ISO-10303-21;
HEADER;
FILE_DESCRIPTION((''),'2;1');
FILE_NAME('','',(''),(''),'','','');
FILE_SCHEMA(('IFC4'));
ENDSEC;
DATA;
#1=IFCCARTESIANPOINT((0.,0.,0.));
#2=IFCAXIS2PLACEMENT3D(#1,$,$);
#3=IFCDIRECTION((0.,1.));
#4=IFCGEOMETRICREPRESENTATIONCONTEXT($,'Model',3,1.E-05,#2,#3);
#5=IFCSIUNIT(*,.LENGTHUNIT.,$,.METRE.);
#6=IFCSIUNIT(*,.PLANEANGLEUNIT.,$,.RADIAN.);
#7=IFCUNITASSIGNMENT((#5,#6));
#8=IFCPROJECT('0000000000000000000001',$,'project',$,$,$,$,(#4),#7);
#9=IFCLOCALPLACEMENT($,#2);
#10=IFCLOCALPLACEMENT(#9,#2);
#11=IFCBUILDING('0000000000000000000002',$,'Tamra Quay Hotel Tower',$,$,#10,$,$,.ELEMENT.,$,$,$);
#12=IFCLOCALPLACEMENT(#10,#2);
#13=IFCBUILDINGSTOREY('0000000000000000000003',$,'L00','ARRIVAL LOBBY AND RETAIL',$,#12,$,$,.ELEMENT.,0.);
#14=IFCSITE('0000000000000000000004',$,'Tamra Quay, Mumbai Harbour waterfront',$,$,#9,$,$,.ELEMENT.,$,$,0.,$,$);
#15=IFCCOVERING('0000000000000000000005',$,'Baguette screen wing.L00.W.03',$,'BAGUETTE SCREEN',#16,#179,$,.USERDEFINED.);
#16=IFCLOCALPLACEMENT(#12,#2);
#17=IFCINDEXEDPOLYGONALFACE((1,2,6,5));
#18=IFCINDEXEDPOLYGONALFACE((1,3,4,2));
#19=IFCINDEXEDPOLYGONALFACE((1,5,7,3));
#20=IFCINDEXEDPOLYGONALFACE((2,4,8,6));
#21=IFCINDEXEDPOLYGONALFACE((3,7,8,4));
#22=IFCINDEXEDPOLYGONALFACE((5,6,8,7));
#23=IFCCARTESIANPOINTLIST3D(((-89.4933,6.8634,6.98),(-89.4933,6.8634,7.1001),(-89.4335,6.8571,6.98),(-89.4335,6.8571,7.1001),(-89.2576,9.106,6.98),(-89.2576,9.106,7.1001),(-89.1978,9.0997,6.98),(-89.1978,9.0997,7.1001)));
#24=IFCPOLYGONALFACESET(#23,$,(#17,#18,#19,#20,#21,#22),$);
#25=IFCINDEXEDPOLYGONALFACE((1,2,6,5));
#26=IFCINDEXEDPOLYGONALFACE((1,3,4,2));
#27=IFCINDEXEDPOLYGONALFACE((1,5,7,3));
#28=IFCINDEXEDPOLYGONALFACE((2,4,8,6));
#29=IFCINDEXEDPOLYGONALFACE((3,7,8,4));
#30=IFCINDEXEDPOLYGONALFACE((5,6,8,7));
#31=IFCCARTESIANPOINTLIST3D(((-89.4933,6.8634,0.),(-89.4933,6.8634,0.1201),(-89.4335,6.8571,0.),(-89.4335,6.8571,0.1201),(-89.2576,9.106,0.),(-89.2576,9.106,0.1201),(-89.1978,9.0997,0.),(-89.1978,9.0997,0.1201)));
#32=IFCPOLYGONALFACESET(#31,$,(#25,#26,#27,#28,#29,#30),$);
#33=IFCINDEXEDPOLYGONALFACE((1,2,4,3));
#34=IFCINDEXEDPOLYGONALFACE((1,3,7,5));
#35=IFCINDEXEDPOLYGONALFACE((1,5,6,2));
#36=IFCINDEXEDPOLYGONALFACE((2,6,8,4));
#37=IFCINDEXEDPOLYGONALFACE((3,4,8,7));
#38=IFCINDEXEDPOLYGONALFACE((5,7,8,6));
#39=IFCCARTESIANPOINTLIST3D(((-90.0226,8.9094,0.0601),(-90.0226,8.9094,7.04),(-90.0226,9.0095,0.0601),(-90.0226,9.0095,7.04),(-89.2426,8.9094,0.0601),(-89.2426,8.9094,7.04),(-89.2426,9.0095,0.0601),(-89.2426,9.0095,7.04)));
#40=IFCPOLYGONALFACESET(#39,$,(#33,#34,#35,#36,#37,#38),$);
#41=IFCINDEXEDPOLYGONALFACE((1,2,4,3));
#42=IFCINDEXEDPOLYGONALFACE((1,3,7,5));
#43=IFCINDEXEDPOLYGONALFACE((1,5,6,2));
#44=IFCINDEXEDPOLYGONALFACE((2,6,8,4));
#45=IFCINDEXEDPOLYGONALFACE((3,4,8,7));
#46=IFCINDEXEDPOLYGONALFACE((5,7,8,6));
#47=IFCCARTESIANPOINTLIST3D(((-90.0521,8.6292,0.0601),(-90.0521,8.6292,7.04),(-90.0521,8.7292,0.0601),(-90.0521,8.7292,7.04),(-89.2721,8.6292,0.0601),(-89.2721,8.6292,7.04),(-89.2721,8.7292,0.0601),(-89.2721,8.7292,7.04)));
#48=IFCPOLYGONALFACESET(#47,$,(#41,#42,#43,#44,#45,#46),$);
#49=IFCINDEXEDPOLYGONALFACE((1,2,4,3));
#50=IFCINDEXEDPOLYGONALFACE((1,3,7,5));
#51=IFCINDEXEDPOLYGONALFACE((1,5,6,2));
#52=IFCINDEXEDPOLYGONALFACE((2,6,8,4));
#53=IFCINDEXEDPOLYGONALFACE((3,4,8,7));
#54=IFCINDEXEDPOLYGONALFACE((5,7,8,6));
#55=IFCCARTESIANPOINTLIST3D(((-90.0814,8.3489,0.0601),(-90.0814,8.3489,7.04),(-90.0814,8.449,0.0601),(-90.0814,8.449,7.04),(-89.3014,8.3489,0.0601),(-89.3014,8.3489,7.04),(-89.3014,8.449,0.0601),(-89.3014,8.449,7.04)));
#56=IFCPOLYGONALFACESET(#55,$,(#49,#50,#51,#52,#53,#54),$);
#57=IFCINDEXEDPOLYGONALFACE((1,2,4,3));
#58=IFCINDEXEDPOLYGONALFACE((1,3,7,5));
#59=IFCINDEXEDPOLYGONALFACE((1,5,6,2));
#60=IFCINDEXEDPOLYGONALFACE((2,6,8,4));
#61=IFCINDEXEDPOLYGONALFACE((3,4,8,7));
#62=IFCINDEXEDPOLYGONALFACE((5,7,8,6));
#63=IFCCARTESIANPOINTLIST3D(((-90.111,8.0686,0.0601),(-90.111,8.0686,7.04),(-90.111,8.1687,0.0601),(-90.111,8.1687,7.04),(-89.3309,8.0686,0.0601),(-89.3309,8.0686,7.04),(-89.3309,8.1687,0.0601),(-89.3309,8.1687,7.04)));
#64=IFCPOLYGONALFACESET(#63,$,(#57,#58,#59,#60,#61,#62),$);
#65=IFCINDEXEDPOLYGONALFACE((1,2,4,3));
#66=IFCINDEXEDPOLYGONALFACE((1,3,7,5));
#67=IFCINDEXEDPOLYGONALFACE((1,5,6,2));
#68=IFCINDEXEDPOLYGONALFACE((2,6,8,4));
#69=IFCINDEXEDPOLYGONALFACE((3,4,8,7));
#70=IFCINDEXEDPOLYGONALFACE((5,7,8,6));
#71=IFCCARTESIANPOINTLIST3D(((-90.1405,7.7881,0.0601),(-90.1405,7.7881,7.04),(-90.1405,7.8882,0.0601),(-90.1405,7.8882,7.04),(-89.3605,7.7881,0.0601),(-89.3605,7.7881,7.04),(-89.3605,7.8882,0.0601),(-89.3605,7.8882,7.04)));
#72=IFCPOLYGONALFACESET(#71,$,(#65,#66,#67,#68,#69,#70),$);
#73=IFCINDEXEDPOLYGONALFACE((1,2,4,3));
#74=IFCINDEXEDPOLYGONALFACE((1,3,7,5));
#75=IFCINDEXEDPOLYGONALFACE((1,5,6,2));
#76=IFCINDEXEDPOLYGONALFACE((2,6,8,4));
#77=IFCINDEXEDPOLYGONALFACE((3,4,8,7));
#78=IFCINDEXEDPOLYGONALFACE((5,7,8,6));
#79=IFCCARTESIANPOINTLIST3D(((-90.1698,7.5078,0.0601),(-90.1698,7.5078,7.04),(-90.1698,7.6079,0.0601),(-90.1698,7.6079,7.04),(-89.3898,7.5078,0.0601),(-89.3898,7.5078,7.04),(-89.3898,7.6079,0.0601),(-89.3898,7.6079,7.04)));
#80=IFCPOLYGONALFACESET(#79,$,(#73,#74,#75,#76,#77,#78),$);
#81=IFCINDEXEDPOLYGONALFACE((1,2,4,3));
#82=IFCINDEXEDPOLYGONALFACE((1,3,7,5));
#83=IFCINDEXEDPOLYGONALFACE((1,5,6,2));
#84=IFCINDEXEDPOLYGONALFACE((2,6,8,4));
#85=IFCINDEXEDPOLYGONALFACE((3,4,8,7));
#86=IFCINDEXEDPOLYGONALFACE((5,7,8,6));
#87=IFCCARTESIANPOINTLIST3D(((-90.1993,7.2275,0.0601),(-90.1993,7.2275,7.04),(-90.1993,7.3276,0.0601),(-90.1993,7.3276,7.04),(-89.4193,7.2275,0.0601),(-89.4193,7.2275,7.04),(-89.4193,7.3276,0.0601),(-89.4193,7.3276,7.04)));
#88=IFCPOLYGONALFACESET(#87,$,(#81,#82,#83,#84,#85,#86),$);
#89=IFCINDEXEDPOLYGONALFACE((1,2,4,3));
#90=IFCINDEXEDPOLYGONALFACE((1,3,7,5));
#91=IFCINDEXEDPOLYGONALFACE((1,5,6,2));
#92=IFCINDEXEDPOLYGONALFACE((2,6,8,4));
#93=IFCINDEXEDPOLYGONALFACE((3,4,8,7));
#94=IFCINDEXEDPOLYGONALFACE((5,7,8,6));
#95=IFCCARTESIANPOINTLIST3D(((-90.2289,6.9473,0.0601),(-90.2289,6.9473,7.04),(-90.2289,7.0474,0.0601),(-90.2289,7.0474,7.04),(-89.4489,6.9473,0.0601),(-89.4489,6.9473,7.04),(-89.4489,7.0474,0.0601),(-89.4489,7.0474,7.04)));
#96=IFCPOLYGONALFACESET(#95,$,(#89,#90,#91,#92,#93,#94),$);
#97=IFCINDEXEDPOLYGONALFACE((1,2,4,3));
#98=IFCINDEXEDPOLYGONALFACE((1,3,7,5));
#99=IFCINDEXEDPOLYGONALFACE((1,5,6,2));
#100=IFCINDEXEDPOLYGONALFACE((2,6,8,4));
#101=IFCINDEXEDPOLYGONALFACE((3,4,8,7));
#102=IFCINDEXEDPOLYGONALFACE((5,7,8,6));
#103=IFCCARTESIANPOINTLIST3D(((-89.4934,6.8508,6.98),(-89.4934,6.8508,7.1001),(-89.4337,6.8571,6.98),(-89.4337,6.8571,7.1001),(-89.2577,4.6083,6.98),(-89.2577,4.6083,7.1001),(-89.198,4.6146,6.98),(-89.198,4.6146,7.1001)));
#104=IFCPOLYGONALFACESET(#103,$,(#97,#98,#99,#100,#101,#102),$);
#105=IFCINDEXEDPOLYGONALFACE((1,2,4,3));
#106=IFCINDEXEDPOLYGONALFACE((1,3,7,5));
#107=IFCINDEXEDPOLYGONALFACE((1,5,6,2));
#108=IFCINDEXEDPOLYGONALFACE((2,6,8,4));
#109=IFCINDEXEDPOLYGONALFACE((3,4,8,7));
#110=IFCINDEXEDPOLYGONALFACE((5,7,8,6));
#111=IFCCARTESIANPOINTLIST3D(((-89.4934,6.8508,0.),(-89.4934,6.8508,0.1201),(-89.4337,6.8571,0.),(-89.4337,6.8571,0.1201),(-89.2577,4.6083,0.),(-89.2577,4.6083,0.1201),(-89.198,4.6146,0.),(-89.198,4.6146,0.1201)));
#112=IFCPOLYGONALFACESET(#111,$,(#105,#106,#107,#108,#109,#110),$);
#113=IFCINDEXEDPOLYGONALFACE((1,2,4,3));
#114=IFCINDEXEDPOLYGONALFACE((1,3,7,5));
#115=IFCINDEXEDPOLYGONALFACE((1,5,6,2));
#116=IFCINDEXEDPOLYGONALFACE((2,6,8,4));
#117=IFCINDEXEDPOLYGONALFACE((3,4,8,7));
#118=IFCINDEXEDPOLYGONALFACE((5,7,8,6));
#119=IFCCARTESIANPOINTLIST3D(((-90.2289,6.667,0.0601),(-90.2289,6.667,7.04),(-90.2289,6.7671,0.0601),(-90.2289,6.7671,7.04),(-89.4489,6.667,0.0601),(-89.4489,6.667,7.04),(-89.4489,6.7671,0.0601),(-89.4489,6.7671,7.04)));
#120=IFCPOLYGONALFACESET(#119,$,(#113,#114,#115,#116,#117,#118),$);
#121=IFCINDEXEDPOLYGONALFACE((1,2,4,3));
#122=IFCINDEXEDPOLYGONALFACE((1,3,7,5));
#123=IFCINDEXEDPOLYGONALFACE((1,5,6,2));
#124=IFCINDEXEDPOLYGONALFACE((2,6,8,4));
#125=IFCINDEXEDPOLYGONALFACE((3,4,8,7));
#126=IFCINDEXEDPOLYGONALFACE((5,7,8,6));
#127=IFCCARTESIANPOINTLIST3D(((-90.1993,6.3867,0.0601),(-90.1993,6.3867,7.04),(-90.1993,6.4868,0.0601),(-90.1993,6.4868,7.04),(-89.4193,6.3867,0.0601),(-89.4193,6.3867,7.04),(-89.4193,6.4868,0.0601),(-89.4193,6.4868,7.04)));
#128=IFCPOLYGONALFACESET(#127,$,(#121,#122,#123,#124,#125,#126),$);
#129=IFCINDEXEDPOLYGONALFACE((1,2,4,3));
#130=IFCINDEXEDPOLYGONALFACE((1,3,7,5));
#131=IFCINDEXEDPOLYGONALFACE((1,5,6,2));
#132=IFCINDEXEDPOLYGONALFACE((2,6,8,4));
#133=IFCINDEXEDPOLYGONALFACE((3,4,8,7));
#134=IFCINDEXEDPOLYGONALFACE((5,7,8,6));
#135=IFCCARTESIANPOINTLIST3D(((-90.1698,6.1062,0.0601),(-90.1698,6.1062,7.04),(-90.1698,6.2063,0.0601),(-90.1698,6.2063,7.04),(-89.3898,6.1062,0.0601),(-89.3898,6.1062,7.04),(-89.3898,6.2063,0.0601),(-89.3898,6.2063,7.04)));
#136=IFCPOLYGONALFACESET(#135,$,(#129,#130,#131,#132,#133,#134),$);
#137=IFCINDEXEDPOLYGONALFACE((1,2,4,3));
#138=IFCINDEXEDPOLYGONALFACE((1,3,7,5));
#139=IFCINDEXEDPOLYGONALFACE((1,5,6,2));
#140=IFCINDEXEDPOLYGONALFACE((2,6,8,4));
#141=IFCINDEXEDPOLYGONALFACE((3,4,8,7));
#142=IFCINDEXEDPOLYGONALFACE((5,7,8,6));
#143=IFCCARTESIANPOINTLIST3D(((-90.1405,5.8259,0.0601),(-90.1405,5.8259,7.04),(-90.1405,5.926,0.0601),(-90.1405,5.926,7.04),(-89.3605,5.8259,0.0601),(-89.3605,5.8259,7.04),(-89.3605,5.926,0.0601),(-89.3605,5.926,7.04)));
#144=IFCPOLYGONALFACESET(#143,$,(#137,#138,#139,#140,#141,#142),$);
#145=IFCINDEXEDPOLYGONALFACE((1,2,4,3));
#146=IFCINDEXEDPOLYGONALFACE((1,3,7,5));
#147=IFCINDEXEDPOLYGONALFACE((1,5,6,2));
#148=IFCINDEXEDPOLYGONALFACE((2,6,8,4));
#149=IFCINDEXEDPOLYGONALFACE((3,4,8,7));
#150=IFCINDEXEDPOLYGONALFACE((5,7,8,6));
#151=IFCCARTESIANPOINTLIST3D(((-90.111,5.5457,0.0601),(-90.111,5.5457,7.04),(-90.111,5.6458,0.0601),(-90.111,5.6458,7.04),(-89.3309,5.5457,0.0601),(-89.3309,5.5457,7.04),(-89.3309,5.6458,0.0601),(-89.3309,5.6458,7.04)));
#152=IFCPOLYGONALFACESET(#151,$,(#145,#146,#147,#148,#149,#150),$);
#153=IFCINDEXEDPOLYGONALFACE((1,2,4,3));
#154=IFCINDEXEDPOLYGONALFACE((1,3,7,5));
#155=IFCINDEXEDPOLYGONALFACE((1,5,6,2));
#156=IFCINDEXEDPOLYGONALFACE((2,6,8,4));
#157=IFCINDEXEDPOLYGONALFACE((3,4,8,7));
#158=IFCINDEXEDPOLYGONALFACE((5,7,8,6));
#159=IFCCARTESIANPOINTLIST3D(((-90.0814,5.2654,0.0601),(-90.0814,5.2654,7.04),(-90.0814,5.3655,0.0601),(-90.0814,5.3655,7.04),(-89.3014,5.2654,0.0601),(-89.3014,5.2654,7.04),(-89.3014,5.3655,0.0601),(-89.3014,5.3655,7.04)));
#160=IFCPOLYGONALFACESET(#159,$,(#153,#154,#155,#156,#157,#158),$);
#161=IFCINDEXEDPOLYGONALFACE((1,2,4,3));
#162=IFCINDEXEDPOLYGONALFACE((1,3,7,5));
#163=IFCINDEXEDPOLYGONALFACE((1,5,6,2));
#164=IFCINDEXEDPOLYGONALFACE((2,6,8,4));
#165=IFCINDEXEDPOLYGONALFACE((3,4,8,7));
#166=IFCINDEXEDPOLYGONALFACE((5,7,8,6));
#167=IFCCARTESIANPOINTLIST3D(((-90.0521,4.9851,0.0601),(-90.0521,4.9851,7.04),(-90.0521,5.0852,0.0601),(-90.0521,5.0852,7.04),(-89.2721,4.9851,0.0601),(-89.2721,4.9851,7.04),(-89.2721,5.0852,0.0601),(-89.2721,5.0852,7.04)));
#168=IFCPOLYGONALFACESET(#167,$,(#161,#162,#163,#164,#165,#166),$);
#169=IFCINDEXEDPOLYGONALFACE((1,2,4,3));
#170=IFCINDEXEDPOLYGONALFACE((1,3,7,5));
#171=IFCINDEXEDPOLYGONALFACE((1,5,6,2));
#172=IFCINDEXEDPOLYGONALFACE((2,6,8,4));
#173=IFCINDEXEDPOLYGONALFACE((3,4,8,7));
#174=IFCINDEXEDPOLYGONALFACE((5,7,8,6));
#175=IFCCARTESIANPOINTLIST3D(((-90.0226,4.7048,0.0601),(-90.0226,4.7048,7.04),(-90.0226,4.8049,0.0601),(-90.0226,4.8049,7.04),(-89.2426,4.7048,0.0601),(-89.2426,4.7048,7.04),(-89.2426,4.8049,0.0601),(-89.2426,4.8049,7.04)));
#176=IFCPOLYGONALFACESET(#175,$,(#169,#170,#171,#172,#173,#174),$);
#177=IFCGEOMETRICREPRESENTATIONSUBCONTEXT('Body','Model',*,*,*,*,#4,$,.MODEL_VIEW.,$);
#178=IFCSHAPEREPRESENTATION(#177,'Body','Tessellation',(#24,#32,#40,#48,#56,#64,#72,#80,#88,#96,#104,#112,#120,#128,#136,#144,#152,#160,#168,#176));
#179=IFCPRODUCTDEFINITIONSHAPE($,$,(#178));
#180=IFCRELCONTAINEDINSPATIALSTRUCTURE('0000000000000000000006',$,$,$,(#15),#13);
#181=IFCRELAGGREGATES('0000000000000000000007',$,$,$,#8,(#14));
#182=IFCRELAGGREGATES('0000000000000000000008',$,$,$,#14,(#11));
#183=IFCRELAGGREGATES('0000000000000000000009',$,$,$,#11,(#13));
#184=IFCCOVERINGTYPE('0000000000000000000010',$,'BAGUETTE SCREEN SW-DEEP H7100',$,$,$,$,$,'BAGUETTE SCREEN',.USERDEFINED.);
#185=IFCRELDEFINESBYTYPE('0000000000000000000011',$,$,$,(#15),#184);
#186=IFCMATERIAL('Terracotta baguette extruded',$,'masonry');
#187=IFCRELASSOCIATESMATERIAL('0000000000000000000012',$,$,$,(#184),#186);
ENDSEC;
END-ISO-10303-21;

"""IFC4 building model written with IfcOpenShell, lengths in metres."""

from ifc_helpers import new_model, si_unit, direction, frame, frame_2d, origin, place, context, subcontext, project, spatial, rectangle, extrude, source, transform, mapped, material, type_object, element, save


model = new_model("IFC4")

# Units and contexts
model_context = context("Model", 3, precision=1e-05, world=origin(), true_north=direction((0.0, 1.0)))
body_context = subcontext(model_context, "Body", "Model", "MODEL_VIEW")
ifc_project = project(units=[si_unit("LENGTHUNIT", "METRE"), si_unit("PLANEANGLEUNIT", "RADIAN")], contexts=[model_context])

# Site, building, storey
site_placement = place(None, origin())
site = spatial("IfcSite", under=ifc_project, at=site_placement, Name="Tamra Quay, Mumbai Harbour waterfront", CompositionType="ELEMENT", RefElevation=0.0)
building_placement = place(site_placement, origin())
building = spatial("IfcBuilding", under=site, at=building_placement, Name="Tamra Quay Hotel Tower", CompositionType="ELEMENT")
storey_placement = place(building_placement, origin())
storey = spatial("IfcBuildingStorey", under=building, at=storey_placement, Name="L00", Description="ARRIVAL LOBBY AND RETAIL", CompositionType="ELEMENT", Elevation=0.0)

# Covering
ifc_material_1 = material(Name="Terracotta baguette extruded", Category="masonry")
covering_type_1 = type_object("IfcCoveringType", Name="BAGUETTE SCREEN SW-DEEP H7100", ElementType="BAGUETTE SCREEN", PredefinedType="USERDEFINED", material=ifc_material_1)
shared_shape_1 = source(origin(), body_context, "Body", "SweptSolid", [
    extrude(rectangle(XDim=2.2549, YDim=0.0601, at=frame_2d((1.1274, 0.03))), frame((-2.2488, -0.0576, -0.1201), z_axis=(0.0, 0.0, 1.0), x_axis=(0.994522, -0.104528, 0.0)), (0.0, 0.0, 1.0), 0.1201),
    extrude(rectangle(XDim=2.2549, YDim=0.0601, at=frame_2d((1.1274, 0.03))), frame((-2.2488, -0.0576, -7.1001), z_axis=(0.0, 0.0, 1.0), x_axis=(0.994522, -0.104528, 0.0)), (0.0, 0.0, 1.0), 0.1201),
    extrude(rectangle(XDim=0.1001, YDim=0.78, at=frame_2d((0.05, 0.3901))), frame((-2.1523, -0.8228, -7.04)), (0.0, 0.0, 1.0), 6.98),
    extrude(rectangle(XDim=0.1001, YDim=0.78, at=frame_2d((0.05, 0.3901))), frame((-1.8721, -0.8523, -7.04)), (0.0, 0.0, 1.0), 6.98),
    extrude(rectangle(XDim=0.1001, YDim=0.78, at=frame_2d((0.05, 0.3901))), frame((-1.5918, -0.8816, -7.04)), (0.0, 0.0, 1.0), 6.98),
    extrude(rectangle(XDim=0.1001, YDim=0.78, at=frame_2d((0.05, 0.3901))), frame((-1.3115, -0.9111, -7.04)), (0.0, 0.0, 1.0), 6.98),
    extrude(rectangle(XDim=0.1001, YDim=0.78, at=frame_2d((0.05, 0.3901))), frame((-1.031, -0.9407, -7.04)), (0.0, 0.0, 1.0), 6.98),
    extrude(rectangle(XDim=0.1001, YDim=0.78, at=frame_2d((0.05, 0.3901))), frame((-0.7507, -0.97, -7.04)), (0.0, 0.0, 1.0), 6.98),
    extrude(rectangle(XDim=0.1001, YDim=0.78, at=frame_2d((0.05, 0.3901))), frame((-0.4705, -0.9995, -7.04)), (0.0, 0.0, 1.0), 6.98),
    extrude(rectangle(XDim=0.1001, YDim=0.78, at=frame_2d((0.05, 0.3901))), frame((-0.1902, -1.0291, -7.04)), (0.0, 0.0, 1.0), 6.98),
    extrude(rectangle(XDim=2.2549, YDim=0.0601, at=frame_2d((1.1274, 0.03))), frame((0.0063, -0.2935, -0.1201), z_axis=(0.0, 0.0, 1.0), x_axis=(0.994522, 0.104528, 0.0)), (0.0, 0.0, 1.0), 0.1201),
    extrude(rectangle(XDim=2.2549, YDim=0.0601, at=frame_2d((1.1274, 0.03))), frame((0.0063, -0.2935, -7.1001), z_axis=(0.0, 0.0, 1.0), x_axis=(0.994522, 0.104528, 0.0)), (0.0, 0.0, 1.0), 0.1201),
    extrude(rectangle(XDim=0.1001, YDim=0.78, at=frame_2d((0.05, 0.3901))), frame((0.0901, -1.0291, -7.04)), (0.0, 0.0, 1.0), 6.98),
    extrude(rectangle(XDim=0.1001, YDim=0.78, at=frame_2d((0.05, 0.3901))), frame((0.3704, -0.9995, -7.04)), (0.0, 0.0, 1.0), 6.98),
    extrude(rectangle(XDim=0.1001, YDim=0.78, at=frame_2d((0.05, 0.3901))), frame((0.6509, -0.97, -7.04)), (0.0, 0.0, 1.0), 6.98),
    extrude(rectangle(XDim=0.1001, YDim=0.78, at=frame_2d((0.05, 0.3901))), frame((0.9312, -0.9407, -7.04)), (0.0, 0.0, 1.0), 6.98),
    extrude(rectangle(XDim=0.1001, YDim=0.78, at=frame_2d((0.05, 0.3901))), frame((1.2114, -0.9111, -7.04)), (0.0, 0.0, 1.0), 6.98),
    extrude(rectangle(XDim=0.1001, YDim=0.78, at=frame_2d((0.05, 0.3901))), frame((1.4917, -0.8816, -7.04)), (0.0, 0.0, 1.0), 6.98),
    extrude(rectangle(XDim=0.1001, YDim=0.78, at=frame_2d((0.05, 0.3901))), frame((1.772, -0.8523, -7.04)), (0.0, 0.0, 1.0), 6.98),
    extrude(rectangle(XDim=0.1001, YDim=0.78, at=frame_2d((0.05, 0.3901))), frame((2.0522, -0.8228, -7.04)), (0.0, 0.0, 1.0), 6.98),
])
for number, where, z_axis, x_axis, name in (
    (1, (-89.2, 6.8572, 7.1001), (0.0, 0.0, 1.0), (0.0, -1.0, 0.0), "Baguette screen wing.L00.W.03"),
):
    element("IfcCovering", number, at=place(storey_placement, frame(where, z_axis=z_axis, x_axis=x_axis)), inside=storey, type_object=covering_type_1, Name=name, ObjectType="BAGUETTE SCREEN", PredefinedType="USERDEFINED", context=body_context, shape_type="MappedRepresentation", body=[
        mapped(shared_shape_1, transform((0.0, 0.0, 0.0), scale=1.0)),
    ])

save(model, "model.ifc")
